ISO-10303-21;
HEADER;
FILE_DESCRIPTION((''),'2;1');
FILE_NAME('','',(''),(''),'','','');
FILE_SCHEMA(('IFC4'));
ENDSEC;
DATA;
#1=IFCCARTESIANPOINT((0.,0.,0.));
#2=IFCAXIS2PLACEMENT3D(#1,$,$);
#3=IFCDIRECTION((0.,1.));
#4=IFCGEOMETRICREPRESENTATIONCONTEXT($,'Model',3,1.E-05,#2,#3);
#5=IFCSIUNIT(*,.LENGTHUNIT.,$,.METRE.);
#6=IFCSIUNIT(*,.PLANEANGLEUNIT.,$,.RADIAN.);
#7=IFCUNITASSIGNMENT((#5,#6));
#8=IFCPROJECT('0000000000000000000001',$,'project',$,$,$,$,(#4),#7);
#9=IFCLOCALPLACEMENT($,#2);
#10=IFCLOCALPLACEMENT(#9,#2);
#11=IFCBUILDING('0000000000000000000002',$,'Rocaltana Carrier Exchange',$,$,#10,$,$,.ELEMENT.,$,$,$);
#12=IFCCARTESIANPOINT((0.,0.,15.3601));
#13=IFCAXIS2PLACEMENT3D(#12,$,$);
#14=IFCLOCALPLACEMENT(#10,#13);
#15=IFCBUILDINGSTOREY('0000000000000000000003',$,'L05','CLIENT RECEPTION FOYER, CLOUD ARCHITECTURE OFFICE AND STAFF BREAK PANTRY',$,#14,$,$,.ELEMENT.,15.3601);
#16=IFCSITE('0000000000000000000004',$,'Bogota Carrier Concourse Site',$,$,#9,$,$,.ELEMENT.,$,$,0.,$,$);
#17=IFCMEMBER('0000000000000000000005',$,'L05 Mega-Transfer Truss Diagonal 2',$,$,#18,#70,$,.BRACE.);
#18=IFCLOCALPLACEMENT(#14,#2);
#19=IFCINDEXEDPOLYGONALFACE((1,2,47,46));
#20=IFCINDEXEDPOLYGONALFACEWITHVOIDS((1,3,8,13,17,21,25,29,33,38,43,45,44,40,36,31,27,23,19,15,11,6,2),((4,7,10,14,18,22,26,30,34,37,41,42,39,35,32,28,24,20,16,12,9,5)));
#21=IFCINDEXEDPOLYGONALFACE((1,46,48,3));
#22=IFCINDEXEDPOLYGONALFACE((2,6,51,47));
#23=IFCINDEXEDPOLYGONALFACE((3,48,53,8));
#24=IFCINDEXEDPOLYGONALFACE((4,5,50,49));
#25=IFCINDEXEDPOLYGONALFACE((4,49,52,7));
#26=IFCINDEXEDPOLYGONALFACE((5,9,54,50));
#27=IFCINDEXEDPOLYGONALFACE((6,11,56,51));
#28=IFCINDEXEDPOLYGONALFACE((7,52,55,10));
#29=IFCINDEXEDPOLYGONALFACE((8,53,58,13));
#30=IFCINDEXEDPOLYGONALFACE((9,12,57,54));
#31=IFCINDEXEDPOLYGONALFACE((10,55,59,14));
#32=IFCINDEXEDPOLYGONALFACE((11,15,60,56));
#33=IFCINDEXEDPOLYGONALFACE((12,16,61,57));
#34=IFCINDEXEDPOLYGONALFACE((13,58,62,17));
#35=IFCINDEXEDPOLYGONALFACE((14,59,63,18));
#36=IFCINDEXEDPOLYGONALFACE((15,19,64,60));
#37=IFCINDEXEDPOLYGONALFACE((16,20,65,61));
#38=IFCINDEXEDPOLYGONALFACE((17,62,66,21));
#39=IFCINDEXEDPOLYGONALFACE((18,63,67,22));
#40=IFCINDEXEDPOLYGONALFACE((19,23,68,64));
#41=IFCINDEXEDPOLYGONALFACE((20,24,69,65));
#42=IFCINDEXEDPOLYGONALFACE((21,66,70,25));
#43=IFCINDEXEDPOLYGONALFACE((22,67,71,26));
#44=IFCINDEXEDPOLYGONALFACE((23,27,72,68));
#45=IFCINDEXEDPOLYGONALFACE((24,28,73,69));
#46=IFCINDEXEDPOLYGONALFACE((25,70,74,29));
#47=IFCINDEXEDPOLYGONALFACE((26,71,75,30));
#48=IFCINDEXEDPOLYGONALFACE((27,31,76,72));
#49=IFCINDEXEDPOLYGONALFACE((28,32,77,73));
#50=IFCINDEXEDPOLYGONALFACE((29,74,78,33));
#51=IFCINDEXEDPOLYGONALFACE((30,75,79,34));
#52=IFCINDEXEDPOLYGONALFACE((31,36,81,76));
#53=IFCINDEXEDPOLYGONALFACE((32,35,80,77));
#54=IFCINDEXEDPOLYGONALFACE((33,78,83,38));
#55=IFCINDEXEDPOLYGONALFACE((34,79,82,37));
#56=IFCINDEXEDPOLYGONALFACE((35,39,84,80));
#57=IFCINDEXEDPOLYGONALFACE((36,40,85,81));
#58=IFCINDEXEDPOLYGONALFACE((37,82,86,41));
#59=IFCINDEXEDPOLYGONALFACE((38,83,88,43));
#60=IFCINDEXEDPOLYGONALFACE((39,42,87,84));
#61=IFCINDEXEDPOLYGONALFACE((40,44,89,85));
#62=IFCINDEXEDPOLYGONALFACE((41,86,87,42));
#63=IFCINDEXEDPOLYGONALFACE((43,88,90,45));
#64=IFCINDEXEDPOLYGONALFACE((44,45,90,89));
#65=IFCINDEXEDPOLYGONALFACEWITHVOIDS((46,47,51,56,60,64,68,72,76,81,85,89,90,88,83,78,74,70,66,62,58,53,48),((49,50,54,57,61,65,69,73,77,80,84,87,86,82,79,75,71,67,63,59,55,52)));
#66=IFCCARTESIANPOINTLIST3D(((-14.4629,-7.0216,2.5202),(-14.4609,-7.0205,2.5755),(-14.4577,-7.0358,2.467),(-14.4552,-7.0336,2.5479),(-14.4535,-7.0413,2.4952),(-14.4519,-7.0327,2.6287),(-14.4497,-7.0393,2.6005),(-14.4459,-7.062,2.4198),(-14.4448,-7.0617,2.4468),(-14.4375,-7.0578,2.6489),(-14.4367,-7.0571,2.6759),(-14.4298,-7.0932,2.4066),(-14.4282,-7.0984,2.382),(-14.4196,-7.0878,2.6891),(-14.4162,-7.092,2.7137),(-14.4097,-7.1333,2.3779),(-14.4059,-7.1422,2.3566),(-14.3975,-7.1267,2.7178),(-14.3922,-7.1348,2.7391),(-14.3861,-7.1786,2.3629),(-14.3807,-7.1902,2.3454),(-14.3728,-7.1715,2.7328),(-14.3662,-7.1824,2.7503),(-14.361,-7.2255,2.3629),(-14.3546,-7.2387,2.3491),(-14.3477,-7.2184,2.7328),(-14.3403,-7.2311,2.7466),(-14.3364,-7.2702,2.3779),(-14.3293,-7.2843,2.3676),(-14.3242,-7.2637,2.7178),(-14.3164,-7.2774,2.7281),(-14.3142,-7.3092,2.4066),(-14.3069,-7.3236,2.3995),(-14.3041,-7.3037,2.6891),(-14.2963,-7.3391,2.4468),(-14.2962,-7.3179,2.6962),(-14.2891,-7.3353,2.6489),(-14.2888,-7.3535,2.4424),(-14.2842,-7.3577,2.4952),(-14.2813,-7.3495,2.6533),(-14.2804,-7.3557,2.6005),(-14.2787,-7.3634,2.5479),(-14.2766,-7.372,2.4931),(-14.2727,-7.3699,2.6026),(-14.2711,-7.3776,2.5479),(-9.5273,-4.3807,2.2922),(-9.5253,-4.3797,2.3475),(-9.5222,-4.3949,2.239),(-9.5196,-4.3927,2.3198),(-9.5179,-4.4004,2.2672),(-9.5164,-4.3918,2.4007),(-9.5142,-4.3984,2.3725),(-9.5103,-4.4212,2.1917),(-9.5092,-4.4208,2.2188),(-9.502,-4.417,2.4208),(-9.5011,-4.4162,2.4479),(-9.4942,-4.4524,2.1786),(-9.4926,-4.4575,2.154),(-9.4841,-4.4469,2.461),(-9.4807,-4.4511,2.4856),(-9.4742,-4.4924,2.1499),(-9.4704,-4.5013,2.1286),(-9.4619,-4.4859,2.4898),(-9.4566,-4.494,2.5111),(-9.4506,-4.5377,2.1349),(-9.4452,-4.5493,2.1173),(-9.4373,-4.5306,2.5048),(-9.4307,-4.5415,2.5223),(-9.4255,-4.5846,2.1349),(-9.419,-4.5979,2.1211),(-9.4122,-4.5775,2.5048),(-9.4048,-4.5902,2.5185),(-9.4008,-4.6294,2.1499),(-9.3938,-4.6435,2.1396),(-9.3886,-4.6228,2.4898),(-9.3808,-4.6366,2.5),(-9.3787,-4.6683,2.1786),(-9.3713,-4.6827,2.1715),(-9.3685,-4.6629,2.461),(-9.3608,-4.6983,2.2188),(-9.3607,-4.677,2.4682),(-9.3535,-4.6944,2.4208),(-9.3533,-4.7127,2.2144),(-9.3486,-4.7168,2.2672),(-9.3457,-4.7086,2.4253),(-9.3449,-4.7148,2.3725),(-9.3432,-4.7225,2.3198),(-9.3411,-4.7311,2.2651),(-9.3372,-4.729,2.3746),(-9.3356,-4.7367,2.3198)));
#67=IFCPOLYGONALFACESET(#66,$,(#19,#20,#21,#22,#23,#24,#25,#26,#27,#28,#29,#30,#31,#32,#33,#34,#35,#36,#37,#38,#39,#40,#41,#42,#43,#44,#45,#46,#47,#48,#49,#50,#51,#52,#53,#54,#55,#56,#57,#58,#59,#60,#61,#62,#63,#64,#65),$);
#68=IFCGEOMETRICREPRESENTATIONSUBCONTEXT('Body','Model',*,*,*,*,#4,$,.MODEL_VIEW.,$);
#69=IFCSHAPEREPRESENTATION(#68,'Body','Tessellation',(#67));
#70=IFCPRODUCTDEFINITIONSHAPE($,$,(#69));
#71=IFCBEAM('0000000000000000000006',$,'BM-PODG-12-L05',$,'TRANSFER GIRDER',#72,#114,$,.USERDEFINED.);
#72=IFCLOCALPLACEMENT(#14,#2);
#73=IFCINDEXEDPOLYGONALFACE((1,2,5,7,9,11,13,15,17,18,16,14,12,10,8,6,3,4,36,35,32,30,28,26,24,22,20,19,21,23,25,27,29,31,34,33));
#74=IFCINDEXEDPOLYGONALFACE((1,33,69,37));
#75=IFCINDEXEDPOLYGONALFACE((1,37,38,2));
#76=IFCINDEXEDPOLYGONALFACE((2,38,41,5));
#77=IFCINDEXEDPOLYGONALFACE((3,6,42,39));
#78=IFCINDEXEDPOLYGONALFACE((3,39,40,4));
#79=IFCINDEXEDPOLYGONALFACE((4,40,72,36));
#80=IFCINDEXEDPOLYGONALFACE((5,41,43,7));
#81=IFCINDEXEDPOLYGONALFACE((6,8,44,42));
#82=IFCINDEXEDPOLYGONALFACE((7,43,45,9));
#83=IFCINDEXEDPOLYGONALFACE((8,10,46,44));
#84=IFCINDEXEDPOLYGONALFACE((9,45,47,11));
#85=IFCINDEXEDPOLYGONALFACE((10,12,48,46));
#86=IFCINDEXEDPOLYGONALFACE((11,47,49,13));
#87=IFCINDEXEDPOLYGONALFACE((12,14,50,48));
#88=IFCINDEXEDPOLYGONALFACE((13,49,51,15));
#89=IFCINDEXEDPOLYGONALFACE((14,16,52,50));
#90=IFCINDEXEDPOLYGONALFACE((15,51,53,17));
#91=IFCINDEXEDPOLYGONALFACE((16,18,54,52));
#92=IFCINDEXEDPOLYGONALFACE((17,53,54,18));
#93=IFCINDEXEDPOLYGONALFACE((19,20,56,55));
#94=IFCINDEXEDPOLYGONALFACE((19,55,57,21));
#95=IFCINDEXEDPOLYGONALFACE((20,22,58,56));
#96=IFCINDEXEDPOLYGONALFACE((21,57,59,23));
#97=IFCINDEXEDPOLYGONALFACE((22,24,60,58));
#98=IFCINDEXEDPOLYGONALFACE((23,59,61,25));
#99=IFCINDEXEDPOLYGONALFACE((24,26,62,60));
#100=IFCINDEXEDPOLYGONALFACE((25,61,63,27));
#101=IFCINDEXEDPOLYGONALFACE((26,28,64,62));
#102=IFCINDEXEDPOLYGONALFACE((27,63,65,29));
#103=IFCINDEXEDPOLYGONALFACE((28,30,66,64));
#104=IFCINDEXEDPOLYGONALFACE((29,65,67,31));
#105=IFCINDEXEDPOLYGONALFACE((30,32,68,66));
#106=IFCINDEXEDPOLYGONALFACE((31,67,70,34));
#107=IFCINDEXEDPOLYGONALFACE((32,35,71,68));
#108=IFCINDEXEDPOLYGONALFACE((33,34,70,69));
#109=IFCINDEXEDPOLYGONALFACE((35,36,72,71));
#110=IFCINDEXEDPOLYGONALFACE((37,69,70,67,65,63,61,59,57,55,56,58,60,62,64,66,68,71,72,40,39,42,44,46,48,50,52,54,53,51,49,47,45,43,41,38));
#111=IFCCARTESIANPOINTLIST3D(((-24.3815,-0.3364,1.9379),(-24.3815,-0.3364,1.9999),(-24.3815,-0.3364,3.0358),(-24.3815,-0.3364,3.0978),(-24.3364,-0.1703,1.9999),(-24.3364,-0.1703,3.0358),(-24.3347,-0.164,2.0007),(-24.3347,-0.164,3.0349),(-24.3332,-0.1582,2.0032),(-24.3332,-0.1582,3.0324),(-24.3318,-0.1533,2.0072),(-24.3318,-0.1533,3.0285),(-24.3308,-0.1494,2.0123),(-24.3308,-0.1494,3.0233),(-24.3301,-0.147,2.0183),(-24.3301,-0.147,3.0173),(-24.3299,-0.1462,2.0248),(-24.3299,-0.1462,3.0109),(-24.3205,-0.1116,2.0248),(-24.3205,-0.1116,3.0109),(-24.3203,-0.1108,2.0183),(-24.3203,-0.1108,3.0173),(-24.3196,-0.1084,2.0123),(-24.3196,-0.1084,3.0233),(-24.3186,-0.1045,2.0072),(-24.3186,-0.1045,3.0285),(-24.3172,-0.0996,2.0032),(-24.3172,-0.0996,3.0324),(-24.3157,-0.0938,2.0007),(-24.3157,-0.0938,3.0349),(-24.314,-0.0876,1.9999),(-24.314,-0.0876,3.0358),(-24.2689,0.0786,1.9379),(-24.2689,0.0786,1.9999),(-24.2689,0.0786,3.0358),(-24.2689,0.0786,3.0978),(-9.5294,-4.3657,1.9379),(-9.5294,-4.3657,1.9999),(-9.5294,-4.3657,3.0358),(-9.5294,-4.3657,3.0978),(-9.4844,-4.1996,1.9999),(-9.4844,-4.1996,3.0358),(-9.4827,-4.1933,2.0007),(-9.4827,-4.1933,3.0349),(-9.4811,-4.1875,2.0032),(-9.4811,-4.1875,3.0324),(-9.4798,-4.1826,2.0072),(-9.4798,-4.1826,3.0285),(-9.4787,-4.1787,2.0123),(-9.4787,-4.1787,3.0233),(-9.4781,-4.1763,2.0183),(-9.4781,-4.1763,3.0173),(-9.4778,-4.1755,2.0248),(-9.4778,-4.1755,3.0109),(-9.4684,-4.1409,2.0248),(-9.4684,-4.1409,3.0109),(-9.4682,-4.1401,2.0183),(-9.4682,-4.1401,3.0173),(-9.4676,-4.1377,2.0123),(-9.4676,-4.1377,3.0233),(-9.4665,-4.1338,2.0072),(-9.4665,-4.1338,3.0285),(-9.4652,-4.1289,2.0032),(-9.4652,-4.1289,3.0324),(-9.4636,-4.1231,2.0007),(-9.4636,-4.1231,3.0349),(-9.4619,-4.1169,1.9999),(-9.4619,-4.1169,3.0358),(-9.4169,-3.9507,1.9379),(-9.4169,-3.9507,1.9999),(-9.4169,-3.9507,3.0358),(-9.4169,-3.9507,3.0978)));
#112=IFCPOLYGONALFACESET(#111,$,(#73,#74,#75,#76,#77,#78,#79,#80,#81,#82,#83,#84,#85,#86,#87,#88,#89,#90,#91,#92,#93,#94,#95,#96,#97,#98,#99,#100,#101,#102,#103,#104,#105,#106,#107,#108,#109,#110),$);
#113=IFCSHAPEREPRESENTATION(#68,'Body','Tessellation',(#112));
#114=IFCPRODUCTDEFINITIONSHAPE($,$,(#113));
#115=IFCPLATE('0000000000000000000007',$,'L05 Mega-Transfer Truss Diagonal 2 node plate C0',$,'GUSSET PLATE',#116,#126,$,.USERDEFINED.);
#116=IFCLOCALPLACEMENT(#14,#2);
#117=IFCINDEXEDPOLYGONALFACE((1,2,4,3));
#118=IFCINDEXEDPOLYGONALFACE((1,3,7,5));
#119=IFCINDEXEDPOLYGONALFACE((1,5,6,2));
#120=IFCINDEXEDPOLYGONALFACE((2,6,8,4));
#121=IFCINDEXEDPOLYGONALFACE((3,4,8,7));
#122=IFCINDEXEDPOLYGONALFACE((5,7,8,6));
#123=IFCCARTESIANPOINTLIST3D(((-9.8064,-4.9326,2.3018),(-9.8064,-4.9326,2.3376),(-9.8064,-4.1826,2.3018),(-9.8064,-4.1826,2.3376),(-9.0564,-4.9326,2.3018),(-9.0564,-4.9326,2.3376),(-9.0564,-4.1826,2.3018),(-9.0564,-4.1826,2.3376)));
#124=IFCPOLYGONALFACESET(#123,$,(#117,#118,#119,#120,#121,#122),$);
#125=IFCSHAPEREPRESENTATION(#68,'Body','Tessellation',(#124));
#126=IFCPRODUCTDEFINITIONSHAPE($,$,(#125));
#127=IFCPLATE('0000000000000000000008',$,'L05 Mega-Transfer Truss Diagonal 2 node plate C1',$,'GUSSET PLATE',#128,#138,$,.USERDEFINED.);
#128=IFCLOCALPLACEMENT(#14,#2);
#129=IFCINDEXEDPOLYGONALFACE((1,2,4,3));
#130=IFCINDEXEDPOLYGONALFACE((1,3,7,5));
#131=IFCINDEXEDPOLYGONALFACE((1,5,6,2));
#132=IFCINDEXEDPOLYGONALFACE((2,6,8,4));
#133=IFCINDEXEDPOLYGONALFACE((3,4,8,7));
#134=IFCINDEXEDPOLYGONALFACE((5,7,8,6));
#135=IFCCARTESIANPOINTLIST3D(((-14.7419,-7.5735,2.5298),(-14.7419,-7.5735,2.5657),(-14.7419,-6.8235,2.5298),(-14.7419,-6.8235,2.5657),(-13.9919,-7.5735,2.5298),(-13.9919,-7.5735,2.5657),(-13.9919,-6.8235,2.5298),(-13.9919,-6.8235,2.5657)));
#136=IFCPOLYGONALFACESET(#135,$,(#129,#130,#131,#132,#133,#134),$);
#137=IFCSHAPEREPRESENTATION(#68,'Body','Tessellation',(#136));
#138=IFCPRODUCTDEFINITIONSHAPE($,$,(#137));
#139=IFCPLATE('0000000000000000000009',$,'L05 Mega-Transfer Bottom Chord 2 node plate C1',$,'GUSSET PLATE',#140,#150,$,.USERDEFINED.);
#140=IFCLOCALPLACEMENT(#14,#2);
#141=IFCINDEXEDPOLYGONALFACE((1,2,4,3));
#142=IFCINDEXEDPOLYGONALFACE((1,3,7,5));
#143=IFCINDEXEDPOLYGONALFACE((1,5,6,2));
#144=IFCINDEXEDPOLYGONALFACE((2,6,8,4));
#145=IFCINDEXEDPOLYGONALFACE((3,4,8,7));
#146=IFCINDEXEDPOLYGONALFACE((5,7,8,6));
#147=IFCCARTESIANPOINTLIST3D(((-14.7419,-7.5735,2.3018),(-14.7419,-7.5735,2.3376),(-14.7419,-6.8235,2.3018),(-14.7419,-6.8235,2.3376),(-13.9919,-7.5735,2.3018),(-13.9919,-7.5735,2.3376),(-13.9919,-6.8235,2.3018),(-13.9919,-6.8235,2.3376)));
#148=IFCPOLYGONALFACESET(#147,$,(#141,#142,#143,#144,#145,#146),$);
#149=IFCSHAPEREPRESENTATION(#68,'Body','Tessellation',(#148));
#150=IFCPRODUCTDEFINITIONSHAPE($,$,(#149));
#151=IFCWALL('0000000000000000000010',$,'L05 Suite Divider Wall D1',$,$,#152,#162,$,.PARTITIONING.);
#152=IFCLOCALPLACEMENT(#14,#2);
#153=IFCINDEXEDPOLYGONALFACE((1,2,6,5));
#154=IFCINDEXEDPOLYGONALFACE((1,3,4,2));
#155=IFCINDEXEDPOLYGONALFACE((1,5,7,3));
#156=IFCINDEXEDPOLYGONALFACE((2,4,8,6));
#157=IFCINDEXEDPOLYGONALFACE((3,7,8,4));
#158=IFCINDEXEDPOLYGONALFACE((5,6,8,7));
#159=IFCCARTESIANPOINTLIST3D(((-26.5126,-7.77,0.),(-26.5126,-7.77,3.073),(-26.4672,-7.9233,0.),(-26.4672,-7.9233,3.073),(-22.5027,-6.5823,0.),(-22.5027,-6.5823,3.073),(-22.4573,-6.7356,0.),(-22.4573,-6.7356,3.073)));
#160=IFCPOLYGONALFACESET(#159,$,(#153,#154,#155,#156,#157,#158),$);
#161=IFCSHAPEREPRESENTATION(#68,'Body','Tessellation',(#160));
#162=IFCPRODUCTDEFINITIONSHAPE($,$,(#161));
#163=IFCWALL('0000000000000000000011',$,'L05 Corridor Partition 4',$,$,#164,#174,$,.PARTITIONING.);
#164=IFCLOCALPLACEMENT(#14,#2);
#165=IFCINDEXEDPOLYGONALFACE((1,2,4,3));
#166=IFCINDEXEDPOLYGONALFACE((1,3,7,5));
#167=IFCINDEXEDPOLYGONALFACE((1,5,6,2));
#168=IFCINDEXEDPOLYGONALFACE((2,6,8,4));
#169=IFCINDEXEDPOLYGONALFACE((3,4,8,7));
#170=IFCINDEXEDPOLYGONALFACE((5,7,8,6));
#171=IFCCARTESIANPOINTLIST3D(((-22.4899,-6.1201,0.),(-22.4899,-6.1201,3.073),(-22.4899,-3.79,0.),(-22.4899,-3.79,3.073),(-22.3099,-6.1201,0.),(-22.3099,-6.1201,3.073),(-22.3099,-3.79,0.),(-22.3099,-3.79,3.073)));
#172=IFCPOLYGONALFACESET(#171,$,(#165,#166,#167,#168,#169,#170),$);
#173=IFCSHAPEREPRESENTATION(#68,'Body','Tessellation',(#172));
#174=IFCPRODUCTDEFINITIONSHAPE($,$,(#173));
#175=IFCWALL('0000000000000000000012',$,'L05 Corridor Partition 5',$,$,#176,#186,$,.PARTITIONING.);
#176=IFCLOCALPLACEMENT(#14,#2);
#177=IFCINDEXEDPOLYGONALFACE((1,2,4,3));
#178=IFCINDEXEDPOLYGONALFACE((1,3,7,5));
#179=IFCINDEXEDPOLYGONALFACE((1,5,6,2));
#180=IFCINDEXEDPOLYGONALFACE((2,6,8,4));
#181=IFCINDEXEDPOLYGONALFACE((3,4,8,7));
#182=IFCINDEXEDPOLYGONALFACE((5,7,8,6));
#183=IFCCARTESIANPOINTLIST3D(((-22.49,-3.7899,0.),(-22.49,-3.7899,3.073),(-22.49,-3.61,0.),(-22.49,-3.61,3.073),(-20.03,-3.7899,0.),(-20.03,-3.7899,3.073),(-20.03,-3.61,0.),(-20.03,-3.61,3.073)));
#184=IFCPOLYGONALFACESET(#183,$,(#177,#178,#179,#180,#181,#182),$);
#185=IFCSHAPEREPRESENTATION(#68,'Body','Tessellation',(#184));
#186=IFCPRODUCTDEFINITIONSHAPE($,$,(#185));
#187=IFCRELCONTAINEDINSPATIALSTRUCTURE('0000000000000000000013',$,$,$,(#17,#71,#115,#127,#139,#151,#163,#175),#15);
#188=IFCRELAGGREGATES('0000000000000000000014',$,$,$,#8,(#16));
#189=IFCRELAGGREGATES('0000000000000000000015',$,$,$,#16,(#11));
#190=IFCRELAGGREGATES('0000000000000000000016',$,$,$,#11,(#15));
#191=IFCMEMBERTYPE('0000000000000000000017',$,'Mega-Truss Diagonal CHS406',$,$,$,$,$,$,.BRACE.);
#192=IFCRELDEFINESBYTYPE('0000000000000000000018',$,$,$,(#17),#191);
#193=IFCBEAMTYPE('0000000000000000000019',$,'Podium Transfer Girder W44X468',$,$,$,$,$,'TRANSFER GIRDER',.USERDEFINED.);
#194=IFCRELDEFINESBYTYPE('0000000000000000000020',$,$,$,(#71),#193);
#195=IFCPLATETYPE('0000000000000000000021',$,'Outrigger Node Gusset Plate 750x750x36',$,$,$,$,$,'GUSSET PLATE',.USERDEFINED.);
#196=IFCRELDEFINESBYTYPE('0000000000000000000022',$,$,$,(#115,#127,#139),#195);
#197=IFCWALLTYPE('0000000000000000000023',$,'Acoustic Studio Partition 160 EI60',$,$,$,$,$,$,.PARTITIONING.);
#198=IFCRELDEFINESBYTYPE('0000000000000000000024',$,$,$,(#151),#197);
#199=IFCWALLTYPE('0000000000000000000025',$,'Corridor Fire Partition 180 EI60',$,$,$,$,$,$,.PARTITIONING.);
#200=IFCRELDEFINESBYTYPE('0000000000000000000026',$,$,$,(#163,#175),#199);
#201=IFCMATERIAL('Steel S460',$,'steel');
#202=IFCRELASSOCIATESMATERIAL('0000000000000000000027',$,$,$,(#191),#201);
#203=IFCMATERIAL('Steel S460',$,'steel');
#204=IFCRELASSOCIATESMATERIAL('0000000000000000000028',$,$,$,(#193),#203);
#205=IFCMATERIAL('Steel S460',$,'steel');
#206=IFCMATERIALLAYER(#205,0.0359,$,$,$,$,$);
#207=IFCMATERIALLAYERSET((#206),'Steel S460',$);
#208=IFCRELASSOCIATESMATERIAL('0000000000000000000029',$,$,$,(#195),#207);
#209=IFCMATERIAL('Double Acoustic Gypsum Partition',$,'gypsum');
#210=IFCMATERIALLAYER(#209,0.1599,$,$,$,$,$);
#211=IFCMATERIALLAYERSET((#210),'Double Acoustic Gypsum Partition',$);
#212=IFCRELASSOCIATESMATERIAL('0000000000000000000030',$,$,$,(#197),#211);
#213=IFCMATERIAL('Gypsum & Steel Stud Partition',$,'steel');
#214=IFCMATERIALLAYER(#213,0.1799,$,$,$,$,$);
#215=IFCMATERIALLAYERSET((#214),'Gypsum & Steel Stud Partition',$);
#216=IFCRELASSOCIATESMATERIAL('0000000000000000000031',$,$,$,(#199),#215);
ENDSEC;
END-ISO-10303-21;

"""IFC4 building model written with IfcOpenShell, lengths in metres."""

from ifc_helpers import new_model, si_unit, direction, frame, frame_2d, origin, origin_2d, place, context, subcontext, project, spatial, rectangle, hollow_circle, i_section, extrude, material, layer, layer_set, material_profile, profile_set, type_object, element, save


model = new_model("IFC4")

# Units and contexts
model_context = context("Model", 3, precision=1e-05, world=origin(), true_north=direction((0.0, 1.0)))
body_context = subcontext(model_context, "Body", "Model", "MODEL_VIEW")
ifc_project = project(units=[si_unit("LENGTHUNIT", "METRE"), si_unit("PLANEANGLEUNIT", "RADIAN")], contexts=[model_context])

# Site, building, storey
site_placement = place(None, origin())
site = spatial("IfcSite", under=ifc_project, at=site_placement, Name="Bogota Carrier Concourse Site", CompositionType="ELEMENT", RefElevation=0.0)
building_placement = place(site_placement, origin())
building = spatial("IfcBuilding", under=site, at=building_placement, Name="Rocaltana Carrier Exchange", CompositionType="ELEMENT")
storey_placement = place(building_placement, frame((0.0, 0.0, 15.3601)))
storey = spatial("IfcBuildingStorey", under=building, at=storey_placement, Name="L05", Description="CLIENT RECEPTION FOYER, CLOUD ARCHITECTURE OFFICE AND STAFF BREAK PANTRY", CompositionType="ELEMENT", Elevation=15.3601)

# Member
ifc_material_1 = material(Name="Steel S460", Category="steel")
ifc_material_profile_1 = material_profile(ifc_material_1, hollow_circle(Radius=0.2031, WallThickness=0.0161, at=origin_2d()), Name="CHS406.4X16")
ifc_profile_set_1 = profile_set([ifc_material_profile_1], Name="Steel S460")
member_type_1 = type_object("IfcMemberType", Name="Mega-Truss Diagonal CHS406", PredefinedType="BRACE", material=ifc_profile_set_1)
member_1_placement = place(storey_placement, frame((-9.4314, -4.5576, 2.3198), z_axis=(-0.880985, -0.47139, 0.040702), x_axis=(0.471781, -0.881716, 0.0)))
element("IfcMember", 1, at=member_1_placement, inside=storey, type_object=member_type_1, Name="L05 Mega-Transfer Truss Diagonal 2", PredefinedType="BRACE", context=body_context, shape_type="SweptSolid", body=[
    extrude(hollow_circle(Radius=0.2031, WallThickness=0.0161, at=origin_2d()), origin(), (0.0, 0.0, 1.0), 5.6023),
])

# Beam
ifc_material_2 = material(Name="Steel S460", Category="steel")
ifc_material_profile_2 = material_profile(ifc_material_2, i_section(OverallWidth=0.4299, OverallDepth=1.1599, WebThickness=0.0359, FlangeThickness=0.062, FilletRadius=0.0249, at=origin_2d()), Name="W44X468")
ifc_profile_set_2 = profile_set([ifc_material_profile_2], Name="Steel S460")
beam_type_1 = type_object("IfcBeamType", Name="Podium Transfer Girder W44X468", ElementType="TRANSFER GIRDER", PredefinedType="USERDEFINED", material=ifc_profile_set_2)
beam_1_placement = place(storey_placement, frame((-9.4731, -4.1582, 2.5178), z_axis=(-0.965114, 0.261831, 0.0), x_axis=(-0.261831, -0.965114, 0.0)))
element("IfcBeam", 2, at=beam_1_placement, inside=storey, type_object=beam_type_1, Name="BM-PODG-12-L05", ObjectType="TRANSFER GIRDER", PredefinedType="USERDEFINED", context=body_context, shape_type="SweptSolid", body=[
    extrude(i_section(OverallWidth=0.4299, OverallDepth=1.1599, WebThickness=0.0359, FlangeThickness=0.062, FilletRadius=0.0249, at=origin_2d()), origin(), (0.0, 0.0, 1.0), 15.3889),
])

# Plates
ifc_material_3 = material(Name="Steel S460", Category="steel")
ifc_layer_1 = layer(ifc_material_3, 0.0359)
ifc_layer_set_1 = layer_set([ifc_layer_1], Name="Steel S460")
plate_type = type_object("IfcPlateType", Name="Outrigger Node Gusset Plate 750x750x36", ElementType="GUSSET PLATE", PredefinedType="USERDEFINED", material=ifc_layer_set_1)
for number, where, z_axis, x_axis, name in (
    (3, (-9.4314, -4.5576, 2.3018), (0.0, 0.0, 1.0), (1.0, 0.0, 0.0), "L05 Mega-Transfer Truss Diagonal 2 node plate C0"),
    (4, (-14.3669, -7.1985, 2.5298), (0.0, 0.0, 1.0), (1.0, 0.0, 0.0), "L05 Mega-Transfer Truss Diagonal 2 node plate C1"),
    (5, (-14.3669, -7.1985, 2.3018), (0.0, 0.0, 1.0), (1.0, 0.0, 0.0), "L05 Mega-Transfer Bottom Chord 2 node plate C1"),
):
    element("IfcPlate", number, at=place(storey_placement, frame(where, z_axis=z_axis, x_axis=x_axis)), inside=storey, type_object=plate_type, Name=name, ObjectType="GUSSET PLATE", PredefinedType="USERDEFINED", context=body_context, shape_type="SweptSolid", body=[
        extrude(rectangle(XDim=0.75, YDim=0.75, at=origin_2d()), origin(), (0.0, 0.0, 1.0), 0.0359),
    ])

# Walls
ifc_material_4 = material(Name="Double Acoustic Gypsum Partition", Category="gypsum")
ifc_layer_2 = layer(ifc_material_4, 0.1599)
ifc_layer_set_2 = layer_set([ifc_layer_2], Name="Double Acoustic Gypsum Partition")
wall_type_1 = type_object("IfcWallType", Name="Acoustic Studio Partition 160 EI60", PredefinedType="PARTITIONING", material=ifc_layer_set_2)
wall_1_placement = place(storey_placement, frame((-22.48, -6.6589, 0.0), z_axis=(0.0, 0.0, 1.0), x_axis=(-0.958825, -0.283999, 0.0)))
element("IfcWall", 6, at=wall_1_placement, inside=storey, type_object=wall_type_1, Name="L05 Suite Divider Wall D1", PredefinedType="PARTITIONING", context=body_context, shape_type="SweptSolid", body=[
    extrude(rectangle(XDim=4.1821, YDim=0.1599, at=frame_2d((2.0911, 0.0))), origin(), (0.0, 0.0, 1.0), 3.073),
])
ifc_material_5 = material(Name="Gypsum & Steel Stud Partition", Category="steel")
ifc_layer_3 = layer(ifc_material_5, 0.1799)
ifc_layer_set_3 = layer_set([ifc_layer_3], Name="Gypsum & Steel Stud Partition")
wall_type_2 = type_object("IfcWallType", Name="Corridor Fire Partition 180 EI60", PredefinedType="PARTITIONING", material=ifc_layer_set_3)
wall_2_placement = place(storey_placement, frame((-22.3999, -6.1201, 0.0), z_axis=(0.0, 0.0, 1.0), x_axis=(0.0, 1.0, 0.0)))
element("IfcWall", 7, at=wall_2_placement, inside=storey, type_object=wall_type_2, Name="L05 Corridor Partition 4", PredefinedType="PARTITIONING", context=body_context, shape_type="SweptSolid", body=[
    extrude(rectangle(XDim=2.3301, YDim=0.1799, at=frame_2d((1.165, 0.0))), origin(), (0.0, 0.0, 1.0), 3.073),
])
wall_3_placement = place(storey_placement, frame((-22.49, -3.7, 0.0), z_axis=(0.0, 0.0, 1.0), x_axis=(1.0, 0.0, 0.0)))
element("IfcWall", 8, at=wall_3_placement, inside=storey, type_object=wall_type_2, Name="L05 Corridor Partition 5", PredefinedType="PARTITIONING", context=body_context, shape_type="SweptSolid", body=[
    extrude(rectangle(XDim=2.46, YDim=0.1799, at=frame_2d((1.23, 0.0))), origin(), (0.0, 0.0, 1.0), 3.073),
])

save(model, "model.ifc")
